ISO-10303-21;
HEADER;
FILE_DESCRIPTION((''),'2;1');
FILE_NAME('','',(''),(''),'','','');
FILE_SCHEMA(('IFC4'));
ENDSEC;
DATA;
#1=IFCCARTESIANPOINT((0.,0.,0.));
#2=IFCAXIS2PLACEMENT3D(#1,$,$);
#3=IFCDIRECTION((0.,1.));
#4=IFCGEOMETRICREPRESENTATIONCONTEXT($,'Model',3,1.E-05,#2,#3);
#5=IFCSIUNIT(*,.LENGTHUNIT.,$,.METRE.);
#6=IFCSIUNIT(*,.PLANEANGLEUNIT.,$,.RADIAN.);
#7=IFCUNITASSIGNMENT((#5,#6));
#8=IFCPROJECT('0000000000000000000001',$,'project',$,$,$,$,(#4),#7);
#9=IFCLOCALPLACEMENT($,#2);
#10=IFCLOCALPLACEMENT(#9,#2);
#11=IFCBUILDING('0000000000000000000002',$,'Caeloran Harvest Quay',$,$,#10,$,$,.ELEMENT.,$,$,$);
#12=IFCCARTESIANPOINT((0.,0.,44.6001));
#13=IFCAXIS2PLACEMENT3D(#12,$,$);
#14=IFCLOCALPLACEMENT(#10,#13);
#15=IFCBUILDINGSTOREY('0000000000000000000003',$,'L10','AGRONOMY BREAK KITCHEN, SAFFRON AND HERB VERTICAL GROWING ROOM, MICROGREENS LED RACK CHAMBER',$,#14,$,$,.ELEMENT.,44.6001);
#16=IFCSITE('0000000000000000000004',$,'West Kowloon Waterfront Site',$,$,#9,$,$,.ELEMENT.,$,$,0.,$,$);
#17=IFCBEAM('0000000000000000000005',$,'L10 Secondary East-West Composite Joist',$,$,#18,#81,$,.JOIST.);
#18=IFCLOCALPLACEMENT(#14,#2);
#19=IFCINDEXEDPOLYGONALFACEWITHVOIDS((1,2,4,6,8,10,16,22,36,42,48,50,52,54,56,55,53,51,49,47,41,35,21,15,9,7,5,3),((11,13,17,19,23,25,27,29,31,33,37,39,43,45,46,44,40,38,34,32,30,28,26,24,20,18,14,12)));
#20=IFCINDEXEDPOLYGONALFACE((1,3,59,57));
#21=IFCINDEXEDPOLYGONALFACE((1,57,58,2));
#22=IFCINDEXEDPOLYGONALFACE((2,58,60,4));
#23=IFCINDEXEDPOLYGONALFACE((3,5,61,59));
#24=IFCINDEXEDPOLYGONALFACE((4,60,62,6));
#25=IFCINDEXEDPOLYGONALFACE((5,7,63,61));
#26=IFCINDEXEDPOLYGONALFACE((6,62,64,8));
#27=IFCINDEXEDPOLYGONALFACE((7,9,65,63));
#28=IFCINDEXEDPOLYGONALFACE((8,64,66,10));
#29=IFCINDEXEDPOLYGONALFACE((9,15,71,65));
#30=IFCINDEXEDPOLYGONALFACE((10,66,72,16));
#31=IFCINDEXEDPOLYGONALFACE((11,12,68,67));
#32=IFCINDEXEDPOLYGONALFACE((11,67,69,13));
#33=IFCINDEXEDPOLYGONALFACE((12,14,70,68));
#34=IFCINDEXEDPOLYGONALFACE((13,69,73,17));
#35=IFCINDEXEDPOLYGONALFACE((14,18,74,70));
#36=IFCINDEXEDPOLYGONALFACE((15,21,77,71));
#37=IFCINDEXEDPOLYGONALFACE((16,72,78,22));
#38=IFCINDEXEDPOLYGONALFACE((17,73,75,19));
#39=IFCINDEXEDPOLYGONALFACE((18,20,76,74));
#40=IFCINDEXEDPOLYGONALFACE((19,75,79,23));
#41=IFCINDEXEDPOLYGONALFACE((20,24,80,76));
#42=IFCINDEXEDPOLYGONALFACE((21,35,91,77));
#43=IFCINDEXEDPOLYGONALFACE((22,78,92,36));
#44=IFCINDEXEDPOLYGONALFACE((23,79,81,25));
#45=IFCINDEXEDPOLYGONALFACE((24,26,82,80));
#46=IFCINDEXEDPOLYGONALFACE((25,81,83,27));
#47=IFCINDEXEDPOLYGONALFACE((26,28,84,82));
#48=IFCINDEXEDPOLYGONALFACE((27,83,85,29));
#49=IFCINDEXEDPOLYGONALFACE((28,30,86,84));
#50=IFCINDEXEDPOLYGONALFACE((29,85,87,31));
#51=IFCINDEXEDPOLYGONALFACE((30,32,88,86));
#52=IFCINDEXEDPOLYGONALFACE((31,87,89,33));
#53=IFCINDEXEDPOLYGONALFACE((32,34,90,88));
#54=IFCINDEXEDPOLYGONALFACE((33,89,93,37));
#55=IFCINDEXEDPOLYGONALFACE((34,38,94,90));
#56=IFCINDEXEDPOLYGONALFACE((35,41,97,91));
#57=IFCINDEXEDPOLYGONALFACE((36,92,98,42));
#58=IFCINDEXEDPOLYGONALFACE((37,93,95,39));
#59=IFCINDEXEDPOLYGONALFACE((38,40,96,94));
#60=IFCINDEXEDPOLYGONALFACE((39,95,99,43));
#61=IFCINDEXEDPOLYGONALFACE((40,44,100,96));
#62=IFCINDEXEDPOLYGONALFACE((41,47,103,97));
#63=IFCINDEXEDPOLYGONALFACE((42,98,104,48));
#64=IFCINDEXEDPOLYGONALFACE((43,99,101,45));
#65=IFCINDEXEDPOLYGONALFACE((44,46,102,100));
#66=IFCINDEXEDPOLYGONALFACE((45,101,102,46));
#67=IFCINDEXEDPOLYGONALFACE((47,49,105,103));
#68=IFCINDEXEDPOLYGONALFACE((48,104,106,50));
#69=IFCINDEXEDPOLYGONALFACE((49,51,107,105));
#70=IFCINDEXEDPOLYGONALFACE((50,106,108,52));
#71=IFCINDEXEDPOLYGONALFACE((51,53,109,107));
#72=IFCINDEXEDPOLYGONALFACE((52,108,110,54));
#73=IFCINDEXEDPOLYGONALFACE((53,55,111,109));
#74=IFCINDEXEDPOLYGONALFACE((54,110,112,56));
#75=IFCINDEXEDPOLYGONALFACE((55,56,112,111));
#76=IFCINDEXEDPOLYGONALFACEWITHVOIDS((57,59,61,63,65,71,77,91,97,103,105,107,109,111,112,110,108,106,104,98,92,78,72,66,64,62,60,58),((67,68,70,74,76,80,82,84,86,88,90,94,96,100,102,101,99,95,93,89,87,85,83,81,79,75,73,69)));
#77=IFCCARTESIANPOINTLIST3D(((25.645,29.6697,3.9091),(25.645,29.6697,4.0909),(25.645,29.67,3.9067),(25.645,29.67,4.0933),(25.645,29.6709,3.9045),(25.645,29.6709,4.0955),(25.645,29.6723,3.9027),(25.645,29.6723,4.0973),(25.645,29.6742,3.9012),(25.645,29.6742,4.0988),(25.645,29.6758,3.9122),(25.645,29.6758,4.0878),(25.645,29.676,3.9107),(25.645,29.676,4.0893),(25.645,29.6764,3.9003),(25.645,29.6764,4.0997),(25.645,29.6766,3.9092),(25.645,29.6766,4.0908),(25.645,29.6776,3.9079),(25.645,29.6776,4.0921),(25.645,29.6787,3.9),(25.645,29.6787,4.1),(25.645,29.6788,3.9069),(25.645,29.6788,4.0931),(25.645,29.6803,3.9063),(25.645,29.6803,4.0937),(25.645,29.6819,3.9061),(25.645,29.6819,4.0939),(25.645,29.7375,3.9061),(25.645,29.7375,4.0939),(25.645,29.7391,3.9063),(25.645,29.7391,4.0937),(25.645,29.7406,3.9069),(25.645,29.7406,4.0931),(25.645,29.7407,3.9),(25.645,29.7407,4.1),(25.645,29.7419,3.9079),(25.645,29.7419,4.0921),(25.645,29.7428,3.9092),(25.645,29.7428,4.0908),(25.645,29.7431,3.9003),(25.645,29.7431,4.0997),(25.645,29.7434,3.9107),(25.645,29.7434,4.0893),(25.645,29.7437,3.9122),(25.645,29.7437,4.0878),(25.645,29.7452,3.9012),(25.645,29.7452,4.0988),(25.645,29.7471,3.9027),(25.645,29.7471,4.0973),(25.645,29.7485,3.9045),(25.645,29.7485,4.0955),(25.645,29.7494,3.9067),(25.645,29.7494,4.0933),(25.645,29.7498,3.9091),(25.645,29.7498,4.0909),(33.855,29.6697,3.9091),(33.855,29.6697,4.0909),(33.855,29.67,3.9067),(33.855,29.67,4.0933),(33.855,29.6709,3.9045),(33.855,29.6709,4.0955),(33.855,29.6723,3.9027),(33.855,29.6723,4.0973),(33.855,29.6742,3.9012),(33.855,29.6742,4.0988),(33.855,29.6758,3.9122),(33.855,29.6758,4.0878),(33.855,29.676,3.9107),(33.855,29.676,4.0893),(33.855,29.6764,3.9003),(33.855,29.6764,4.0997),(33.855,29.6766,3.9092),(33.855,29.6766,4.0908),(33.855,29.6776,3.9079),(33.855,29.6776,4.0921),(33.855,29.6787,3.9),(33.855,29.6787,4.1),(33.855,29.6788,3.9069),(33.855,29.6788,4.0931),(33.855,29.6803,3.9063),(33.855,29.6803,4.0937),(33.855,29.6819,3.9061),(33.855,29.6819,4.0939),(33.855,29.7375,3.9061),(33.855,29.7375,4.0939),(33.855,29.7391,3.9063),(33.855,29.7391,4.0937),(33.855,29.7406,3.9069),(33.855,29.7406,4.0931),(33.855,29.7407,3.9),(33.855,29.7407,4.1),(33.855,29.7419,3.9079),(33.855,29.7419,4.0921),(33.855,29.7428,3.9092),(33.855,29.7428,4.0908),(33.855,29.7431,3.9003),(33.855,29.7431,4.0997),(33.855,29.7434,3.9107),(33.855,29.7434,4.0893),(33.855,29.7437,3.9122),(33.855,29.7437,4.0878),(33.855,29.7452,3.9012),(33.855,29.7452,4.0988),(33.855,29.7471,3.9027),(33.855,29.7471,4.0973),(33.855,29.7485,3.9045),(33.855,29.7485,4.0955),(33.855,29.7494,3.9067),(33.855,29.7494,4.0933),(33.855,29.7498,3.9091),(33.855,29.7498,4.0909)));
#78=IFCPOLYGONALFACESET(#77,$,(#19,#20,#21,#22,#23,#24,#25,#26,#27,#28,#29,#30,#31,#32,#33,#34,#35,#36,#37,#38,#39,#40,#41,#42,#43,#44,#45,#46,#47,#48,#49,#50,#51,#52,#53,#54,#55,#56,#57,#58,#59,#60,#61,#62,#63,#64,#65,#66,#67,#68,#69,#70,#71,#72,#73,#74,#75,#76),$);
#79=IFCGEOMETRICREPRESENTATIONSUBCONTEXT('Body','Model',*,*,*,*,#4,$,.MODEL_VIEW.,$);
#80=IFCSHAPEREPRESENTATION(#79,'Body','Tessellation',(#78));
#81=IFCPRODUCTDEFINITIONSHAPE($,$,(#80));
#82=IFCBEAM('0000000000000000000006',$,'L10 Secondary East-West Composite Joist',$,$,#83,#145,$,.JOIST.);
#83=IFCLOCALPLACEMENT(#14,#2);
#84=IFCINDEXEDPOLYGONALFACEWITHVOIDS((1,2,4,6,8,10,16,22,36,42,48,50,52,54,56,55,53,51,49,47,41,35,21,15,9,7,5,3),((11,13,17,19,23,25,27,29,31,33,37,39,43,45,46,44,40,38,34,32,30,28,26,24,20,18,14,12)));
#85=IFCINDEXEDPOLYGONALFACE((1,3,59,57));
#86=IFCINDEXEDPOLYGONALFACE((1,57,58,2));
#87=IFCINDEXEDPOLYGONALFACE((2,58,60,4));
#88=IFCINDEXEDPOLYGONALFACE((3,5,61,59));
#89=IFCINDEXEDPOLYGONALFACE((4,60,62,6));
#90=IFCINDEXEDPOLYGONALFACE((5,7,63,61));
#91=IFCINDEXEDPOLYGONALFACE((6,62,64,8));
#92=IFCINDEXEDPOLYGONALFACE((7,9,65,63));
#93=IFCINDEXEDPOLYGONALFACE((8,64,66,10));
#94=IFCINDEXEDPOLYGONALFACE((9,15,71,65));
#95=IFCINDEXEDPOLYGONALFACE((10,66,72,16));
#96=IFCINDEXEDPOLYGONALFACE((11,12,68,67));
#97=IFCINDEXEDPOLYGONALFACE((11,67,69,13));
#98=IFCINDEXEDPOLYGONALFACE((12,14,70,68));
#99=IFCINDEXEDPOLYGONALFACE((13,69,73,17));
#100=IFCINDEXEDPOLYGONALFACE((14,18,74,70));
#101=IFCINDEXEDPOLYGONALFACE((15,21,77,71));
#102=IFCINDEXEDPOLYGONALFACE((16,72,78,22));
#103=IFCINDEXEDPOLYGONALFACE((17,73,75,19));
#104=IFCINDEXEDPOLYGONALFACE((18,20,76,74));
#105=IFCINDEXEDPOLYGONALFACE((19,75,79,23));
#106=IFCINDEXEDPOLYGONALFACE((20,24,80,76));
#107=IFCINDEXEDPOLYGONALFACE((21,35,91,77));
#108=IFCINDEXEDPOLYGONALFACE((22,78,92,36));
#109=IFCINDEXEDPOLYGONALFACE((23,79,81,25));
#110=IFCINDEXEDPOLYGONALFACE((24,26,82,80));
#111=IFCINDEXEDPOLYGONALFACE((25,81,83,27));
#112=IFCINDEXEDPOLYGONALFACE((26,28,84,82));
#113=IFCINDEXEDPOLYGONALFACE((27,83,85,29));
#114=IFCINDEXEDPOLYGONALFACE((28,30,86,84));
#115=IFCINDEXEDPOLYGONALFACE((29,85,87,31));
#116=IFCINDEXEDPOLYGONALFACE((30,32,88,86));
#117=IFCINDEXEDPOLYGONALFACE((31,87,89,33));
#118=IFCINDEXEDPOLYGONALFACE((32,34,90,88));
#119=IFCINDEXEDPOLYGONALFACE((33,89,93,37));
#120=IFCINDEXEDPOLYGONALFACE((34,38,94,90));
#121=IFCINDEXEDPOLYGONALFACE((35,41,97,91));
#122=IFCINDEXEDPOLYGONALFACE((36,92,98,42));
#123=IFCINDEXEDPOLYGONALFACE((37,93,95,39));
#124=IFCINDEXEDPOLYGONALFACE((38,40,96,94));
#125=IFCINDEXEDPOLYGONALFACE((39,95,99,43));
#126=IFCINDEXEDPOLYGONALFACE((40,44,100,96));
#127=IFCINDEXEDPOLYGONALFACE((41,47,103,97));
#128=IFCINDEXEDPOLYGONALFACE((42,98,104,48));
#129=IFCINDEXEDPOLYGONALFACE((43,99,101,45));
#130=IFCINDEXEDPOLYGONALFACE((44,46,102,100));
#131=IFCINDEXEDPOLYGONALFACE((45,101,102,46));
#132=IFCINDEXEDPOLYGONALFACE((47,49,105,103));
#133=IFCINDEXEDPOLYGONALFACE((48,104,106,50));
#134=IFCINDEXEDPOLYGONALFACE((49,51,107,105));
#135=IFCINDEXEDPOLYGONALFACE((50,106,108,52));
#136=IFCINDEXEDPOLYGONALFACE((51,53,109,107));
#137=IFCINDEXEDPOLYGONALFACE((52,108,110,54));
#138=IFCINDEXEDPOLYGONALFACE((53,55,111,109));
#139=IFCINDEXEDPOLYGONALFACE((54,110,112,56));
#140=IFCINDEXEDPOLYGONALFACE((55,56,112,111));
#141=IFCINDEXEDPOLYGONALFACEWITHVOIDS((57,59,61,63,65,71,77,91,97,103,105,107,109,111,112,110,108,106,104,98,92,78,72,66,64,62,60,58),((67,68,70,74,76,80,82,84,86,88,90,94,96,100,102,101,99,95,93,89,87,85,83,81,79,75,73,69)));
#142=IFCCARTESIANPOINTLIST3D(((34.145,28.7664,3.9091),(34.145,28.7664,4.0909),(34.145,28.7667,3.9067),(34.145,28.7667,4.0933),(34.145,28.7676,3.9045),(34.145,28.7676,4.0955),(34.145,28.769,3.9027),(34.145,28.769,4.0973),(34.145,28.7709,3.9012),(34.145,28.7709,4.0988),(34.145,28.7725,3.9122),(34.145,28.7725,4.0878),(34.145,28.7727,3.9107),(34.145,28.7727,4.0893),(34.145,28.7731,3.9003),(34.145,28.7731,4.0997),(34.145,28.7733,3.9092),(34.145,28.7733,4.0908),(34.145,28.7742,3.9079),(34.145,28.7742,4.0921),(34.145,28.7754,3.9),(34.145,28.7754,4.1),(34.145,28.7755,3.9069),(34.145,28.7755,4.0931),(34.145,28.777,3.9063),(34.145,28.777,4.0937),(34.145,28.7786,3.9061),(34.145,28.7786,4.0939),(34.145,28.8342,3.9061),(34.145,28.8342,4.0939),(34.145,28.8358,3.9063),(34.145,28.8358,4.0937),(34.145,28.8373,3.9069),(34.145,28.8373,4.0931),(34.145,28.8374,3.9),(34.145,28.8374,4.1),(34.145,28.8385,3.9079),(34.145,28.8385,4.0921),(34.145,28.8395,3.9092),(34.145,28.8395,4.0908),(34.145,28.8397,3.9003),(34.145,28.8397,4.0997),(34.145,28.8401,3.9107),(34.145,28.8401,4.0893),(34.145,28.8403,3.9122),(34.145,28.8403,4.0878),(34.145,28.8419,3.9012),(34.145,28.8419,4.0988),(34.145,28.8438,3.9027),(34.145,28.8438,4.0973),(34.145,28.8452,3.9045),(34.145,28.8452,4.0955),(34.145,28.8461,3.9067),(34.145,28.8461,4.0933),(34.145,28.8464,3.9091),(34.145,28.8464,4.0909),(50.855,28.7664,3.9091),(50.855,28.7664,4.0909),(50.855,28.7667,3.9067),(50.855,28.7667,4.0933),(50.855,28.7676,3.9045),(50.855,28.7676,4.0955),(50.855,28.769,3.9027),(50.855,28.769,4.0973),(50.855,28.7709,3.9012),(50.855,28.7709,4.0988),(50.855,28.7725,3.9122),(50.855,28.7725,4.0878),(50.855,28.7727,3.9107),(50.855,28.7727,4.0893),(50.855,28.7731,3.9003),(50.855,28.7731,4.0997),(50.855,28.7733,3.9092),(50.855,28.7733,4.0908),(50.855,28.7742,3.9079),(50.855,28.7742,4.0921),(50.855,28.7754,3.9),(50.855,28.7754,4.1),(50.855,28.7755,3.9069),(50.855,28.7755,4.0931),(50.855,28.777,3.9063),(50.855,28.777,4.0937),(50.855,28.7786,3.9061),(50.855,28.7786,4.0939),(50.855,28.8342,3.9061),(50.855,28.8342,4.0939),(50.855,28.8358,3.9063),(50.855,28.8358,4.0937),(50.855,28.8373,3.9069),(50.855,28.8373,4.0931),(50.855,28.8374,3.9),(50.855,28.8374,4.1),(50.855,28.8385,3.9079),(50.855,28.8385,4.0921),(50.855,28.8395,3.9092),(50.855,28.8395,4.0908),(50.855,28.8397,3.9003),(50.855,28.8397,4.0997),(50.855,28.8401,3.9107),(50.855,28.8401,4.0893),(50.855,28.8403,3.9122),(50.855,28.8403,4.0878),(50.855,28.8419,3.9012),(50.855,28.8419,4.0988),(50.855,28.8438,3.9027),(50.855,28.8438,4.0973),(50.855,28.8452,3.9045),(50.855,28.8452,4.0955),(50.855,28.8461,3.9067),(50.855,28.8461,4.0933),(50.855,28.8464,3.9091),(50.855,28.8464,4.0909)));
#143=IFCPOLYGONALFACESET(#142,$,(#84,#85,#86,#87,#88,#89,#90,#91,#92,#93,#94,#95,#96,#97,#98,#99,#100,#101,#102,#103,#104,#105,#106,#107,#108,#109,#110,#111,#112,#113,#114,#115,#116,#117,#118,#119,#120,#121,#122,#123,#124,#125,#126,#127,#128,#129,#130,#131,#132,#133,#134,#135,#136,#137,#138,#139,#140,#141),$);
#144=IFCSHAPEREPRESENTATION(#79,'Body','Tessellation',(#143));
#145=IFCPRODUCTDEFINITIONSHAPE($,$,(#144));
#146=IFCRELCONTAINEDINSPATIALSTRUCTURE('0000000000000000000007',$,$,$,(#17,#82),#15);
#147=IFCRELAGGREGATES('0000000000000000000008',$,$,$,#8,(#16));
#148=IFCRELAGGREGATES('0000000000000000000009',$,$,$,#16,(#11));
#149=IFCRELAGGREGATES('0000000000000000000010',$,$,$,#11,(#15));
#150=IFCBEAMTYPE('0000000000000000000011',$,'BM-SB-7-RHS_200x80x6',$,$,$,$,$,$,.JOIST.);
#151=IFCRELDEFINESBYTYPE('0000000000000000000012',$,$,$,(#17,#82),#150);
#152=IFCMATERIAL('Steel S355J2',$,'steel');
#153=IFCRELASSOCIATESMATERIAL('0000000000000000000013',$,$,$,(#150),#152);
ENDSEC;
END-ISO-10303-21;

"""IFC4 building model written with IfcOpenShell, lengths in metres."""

from ifc_helpers import new_model, si_unit, direction, frame, origin, origin_2d, place, context, subcontext, project, spatial, hollow_rectangle, extrude, material, material_profile, profile_set, type_object, element, save


model = new_model("IFC4")

# Units and contexts
model_context = context("Model", 3, precision=1e-05, world=origin(), true_north=direction((0.0, 1.0)))
body_context = subcontext(model_context, "Body", "Model", "MODEL_VIEW")
ifc_project = project(units=[si_unit("LENGTHUNIT", "METRE"), si_unit("PLANEANGLEUNIT", "RADIAN")], contexts=[model_context])

# Site, building, storey
site_placement = place(None, origin())
site = spatial("IfcSite", under=ifc_project, at=site_placement, Name="West Kowloon Waterfront Site", CompositionType="ELEMENT", RefElevation=0.0)
building_placement = place(site_placement, origin())
building = spatial("IfcBuilding", under=site, at=building_placement, Name="Caeloran Harvest Quay", CompositionType="ELEMENT")
storey_placement = place(building_placement, frame((0.0, 0.0, 44.6001)))
storey = spatial("IfcBuildingStorey", under=building, at=storey_placement, Name="L10", Description="AGRONOMY BREAK KITCHEN, SAFFRON AND HERB VERTICAL GROWING ROOM, MICROGREENS LED RACK CHAMBER", CompositionType="ELEMENT", Elevation=44.6001)

# Beams
ifc_material_1 = material(Name="Steel S355J2", Category="steel")
ifc_material_profile_1 = material_profile(ifc_material_1, hollow_rectangle(XDim=0.0801, YDim=0.2, WallThickness=0.0061, InnerFilletRadius=0.0061, OuterFilletRadius=0.009, at=origin_2d()), Name="RHS 200x80x6")
ifc_profile_set_1 = profile_set([ifc_material_profile_1], Name="Steel S355J2")
beam_type_1 = type_object("IfcBeamType", Name="BM-SB-7-RHS_200x80x6", PredefinedType="JOIST", material=ifc_profile_set_1)
for number, where, z_axis, x_axis, name in (
    (1, (25.645, 29.7097, 4.0), (1.0, 0.0, 0.0), (0.0, 1.0, 0.0), "L10 Secondary East-West Composite Joist"),
):
    element("IfcBeam", number, at=place(storey_placement, frame(where, z_axis=z_axis, x_axis=x_axis)), inside=storey, type_object=beam_type_1, Name=name, PredefinedType="JOIST", context=body_context, shape_type="SweptSolid", body=[
        extrude(hollow_rectangle(XDim=0.0801, YDim=0.2, WallThickness=0.0061, InnerFilletRadius=0.0061, OuterFilletRadius=0.009, at=origin_2d()), origin(), (0.0, 0.0, 1.0), 8.21),
    ])
for number, where, z_axis, x_axis, name in (
    (2, (34.145, 28.8064, 4.0), (1.0, 0.0, 0.0), (0.0, 1.0, 0.0), "L10 Secondary East-West Composite Joist"),
):
    element("IfcBeam", number, at=place(storey_placement, frame(where, z_axis=z_axis, x_axis=x_axis)), inside=storey, type_object=beam_type_1, Name=name, PredefinedType="JOIST", context=body_context, shape_type="SweptSolid", body=[
        extrude(hollow_rectangle(XDim=0.0801, YDim=0.2, WallThickness=0.0061, InnerFilletRadius=0.0061, OuterFilletRadius=0.009, at=origin_2d()), origin(), (0.0, 0.0, 1.0), 16.71),
    ])

save(model, "model.ifc")
